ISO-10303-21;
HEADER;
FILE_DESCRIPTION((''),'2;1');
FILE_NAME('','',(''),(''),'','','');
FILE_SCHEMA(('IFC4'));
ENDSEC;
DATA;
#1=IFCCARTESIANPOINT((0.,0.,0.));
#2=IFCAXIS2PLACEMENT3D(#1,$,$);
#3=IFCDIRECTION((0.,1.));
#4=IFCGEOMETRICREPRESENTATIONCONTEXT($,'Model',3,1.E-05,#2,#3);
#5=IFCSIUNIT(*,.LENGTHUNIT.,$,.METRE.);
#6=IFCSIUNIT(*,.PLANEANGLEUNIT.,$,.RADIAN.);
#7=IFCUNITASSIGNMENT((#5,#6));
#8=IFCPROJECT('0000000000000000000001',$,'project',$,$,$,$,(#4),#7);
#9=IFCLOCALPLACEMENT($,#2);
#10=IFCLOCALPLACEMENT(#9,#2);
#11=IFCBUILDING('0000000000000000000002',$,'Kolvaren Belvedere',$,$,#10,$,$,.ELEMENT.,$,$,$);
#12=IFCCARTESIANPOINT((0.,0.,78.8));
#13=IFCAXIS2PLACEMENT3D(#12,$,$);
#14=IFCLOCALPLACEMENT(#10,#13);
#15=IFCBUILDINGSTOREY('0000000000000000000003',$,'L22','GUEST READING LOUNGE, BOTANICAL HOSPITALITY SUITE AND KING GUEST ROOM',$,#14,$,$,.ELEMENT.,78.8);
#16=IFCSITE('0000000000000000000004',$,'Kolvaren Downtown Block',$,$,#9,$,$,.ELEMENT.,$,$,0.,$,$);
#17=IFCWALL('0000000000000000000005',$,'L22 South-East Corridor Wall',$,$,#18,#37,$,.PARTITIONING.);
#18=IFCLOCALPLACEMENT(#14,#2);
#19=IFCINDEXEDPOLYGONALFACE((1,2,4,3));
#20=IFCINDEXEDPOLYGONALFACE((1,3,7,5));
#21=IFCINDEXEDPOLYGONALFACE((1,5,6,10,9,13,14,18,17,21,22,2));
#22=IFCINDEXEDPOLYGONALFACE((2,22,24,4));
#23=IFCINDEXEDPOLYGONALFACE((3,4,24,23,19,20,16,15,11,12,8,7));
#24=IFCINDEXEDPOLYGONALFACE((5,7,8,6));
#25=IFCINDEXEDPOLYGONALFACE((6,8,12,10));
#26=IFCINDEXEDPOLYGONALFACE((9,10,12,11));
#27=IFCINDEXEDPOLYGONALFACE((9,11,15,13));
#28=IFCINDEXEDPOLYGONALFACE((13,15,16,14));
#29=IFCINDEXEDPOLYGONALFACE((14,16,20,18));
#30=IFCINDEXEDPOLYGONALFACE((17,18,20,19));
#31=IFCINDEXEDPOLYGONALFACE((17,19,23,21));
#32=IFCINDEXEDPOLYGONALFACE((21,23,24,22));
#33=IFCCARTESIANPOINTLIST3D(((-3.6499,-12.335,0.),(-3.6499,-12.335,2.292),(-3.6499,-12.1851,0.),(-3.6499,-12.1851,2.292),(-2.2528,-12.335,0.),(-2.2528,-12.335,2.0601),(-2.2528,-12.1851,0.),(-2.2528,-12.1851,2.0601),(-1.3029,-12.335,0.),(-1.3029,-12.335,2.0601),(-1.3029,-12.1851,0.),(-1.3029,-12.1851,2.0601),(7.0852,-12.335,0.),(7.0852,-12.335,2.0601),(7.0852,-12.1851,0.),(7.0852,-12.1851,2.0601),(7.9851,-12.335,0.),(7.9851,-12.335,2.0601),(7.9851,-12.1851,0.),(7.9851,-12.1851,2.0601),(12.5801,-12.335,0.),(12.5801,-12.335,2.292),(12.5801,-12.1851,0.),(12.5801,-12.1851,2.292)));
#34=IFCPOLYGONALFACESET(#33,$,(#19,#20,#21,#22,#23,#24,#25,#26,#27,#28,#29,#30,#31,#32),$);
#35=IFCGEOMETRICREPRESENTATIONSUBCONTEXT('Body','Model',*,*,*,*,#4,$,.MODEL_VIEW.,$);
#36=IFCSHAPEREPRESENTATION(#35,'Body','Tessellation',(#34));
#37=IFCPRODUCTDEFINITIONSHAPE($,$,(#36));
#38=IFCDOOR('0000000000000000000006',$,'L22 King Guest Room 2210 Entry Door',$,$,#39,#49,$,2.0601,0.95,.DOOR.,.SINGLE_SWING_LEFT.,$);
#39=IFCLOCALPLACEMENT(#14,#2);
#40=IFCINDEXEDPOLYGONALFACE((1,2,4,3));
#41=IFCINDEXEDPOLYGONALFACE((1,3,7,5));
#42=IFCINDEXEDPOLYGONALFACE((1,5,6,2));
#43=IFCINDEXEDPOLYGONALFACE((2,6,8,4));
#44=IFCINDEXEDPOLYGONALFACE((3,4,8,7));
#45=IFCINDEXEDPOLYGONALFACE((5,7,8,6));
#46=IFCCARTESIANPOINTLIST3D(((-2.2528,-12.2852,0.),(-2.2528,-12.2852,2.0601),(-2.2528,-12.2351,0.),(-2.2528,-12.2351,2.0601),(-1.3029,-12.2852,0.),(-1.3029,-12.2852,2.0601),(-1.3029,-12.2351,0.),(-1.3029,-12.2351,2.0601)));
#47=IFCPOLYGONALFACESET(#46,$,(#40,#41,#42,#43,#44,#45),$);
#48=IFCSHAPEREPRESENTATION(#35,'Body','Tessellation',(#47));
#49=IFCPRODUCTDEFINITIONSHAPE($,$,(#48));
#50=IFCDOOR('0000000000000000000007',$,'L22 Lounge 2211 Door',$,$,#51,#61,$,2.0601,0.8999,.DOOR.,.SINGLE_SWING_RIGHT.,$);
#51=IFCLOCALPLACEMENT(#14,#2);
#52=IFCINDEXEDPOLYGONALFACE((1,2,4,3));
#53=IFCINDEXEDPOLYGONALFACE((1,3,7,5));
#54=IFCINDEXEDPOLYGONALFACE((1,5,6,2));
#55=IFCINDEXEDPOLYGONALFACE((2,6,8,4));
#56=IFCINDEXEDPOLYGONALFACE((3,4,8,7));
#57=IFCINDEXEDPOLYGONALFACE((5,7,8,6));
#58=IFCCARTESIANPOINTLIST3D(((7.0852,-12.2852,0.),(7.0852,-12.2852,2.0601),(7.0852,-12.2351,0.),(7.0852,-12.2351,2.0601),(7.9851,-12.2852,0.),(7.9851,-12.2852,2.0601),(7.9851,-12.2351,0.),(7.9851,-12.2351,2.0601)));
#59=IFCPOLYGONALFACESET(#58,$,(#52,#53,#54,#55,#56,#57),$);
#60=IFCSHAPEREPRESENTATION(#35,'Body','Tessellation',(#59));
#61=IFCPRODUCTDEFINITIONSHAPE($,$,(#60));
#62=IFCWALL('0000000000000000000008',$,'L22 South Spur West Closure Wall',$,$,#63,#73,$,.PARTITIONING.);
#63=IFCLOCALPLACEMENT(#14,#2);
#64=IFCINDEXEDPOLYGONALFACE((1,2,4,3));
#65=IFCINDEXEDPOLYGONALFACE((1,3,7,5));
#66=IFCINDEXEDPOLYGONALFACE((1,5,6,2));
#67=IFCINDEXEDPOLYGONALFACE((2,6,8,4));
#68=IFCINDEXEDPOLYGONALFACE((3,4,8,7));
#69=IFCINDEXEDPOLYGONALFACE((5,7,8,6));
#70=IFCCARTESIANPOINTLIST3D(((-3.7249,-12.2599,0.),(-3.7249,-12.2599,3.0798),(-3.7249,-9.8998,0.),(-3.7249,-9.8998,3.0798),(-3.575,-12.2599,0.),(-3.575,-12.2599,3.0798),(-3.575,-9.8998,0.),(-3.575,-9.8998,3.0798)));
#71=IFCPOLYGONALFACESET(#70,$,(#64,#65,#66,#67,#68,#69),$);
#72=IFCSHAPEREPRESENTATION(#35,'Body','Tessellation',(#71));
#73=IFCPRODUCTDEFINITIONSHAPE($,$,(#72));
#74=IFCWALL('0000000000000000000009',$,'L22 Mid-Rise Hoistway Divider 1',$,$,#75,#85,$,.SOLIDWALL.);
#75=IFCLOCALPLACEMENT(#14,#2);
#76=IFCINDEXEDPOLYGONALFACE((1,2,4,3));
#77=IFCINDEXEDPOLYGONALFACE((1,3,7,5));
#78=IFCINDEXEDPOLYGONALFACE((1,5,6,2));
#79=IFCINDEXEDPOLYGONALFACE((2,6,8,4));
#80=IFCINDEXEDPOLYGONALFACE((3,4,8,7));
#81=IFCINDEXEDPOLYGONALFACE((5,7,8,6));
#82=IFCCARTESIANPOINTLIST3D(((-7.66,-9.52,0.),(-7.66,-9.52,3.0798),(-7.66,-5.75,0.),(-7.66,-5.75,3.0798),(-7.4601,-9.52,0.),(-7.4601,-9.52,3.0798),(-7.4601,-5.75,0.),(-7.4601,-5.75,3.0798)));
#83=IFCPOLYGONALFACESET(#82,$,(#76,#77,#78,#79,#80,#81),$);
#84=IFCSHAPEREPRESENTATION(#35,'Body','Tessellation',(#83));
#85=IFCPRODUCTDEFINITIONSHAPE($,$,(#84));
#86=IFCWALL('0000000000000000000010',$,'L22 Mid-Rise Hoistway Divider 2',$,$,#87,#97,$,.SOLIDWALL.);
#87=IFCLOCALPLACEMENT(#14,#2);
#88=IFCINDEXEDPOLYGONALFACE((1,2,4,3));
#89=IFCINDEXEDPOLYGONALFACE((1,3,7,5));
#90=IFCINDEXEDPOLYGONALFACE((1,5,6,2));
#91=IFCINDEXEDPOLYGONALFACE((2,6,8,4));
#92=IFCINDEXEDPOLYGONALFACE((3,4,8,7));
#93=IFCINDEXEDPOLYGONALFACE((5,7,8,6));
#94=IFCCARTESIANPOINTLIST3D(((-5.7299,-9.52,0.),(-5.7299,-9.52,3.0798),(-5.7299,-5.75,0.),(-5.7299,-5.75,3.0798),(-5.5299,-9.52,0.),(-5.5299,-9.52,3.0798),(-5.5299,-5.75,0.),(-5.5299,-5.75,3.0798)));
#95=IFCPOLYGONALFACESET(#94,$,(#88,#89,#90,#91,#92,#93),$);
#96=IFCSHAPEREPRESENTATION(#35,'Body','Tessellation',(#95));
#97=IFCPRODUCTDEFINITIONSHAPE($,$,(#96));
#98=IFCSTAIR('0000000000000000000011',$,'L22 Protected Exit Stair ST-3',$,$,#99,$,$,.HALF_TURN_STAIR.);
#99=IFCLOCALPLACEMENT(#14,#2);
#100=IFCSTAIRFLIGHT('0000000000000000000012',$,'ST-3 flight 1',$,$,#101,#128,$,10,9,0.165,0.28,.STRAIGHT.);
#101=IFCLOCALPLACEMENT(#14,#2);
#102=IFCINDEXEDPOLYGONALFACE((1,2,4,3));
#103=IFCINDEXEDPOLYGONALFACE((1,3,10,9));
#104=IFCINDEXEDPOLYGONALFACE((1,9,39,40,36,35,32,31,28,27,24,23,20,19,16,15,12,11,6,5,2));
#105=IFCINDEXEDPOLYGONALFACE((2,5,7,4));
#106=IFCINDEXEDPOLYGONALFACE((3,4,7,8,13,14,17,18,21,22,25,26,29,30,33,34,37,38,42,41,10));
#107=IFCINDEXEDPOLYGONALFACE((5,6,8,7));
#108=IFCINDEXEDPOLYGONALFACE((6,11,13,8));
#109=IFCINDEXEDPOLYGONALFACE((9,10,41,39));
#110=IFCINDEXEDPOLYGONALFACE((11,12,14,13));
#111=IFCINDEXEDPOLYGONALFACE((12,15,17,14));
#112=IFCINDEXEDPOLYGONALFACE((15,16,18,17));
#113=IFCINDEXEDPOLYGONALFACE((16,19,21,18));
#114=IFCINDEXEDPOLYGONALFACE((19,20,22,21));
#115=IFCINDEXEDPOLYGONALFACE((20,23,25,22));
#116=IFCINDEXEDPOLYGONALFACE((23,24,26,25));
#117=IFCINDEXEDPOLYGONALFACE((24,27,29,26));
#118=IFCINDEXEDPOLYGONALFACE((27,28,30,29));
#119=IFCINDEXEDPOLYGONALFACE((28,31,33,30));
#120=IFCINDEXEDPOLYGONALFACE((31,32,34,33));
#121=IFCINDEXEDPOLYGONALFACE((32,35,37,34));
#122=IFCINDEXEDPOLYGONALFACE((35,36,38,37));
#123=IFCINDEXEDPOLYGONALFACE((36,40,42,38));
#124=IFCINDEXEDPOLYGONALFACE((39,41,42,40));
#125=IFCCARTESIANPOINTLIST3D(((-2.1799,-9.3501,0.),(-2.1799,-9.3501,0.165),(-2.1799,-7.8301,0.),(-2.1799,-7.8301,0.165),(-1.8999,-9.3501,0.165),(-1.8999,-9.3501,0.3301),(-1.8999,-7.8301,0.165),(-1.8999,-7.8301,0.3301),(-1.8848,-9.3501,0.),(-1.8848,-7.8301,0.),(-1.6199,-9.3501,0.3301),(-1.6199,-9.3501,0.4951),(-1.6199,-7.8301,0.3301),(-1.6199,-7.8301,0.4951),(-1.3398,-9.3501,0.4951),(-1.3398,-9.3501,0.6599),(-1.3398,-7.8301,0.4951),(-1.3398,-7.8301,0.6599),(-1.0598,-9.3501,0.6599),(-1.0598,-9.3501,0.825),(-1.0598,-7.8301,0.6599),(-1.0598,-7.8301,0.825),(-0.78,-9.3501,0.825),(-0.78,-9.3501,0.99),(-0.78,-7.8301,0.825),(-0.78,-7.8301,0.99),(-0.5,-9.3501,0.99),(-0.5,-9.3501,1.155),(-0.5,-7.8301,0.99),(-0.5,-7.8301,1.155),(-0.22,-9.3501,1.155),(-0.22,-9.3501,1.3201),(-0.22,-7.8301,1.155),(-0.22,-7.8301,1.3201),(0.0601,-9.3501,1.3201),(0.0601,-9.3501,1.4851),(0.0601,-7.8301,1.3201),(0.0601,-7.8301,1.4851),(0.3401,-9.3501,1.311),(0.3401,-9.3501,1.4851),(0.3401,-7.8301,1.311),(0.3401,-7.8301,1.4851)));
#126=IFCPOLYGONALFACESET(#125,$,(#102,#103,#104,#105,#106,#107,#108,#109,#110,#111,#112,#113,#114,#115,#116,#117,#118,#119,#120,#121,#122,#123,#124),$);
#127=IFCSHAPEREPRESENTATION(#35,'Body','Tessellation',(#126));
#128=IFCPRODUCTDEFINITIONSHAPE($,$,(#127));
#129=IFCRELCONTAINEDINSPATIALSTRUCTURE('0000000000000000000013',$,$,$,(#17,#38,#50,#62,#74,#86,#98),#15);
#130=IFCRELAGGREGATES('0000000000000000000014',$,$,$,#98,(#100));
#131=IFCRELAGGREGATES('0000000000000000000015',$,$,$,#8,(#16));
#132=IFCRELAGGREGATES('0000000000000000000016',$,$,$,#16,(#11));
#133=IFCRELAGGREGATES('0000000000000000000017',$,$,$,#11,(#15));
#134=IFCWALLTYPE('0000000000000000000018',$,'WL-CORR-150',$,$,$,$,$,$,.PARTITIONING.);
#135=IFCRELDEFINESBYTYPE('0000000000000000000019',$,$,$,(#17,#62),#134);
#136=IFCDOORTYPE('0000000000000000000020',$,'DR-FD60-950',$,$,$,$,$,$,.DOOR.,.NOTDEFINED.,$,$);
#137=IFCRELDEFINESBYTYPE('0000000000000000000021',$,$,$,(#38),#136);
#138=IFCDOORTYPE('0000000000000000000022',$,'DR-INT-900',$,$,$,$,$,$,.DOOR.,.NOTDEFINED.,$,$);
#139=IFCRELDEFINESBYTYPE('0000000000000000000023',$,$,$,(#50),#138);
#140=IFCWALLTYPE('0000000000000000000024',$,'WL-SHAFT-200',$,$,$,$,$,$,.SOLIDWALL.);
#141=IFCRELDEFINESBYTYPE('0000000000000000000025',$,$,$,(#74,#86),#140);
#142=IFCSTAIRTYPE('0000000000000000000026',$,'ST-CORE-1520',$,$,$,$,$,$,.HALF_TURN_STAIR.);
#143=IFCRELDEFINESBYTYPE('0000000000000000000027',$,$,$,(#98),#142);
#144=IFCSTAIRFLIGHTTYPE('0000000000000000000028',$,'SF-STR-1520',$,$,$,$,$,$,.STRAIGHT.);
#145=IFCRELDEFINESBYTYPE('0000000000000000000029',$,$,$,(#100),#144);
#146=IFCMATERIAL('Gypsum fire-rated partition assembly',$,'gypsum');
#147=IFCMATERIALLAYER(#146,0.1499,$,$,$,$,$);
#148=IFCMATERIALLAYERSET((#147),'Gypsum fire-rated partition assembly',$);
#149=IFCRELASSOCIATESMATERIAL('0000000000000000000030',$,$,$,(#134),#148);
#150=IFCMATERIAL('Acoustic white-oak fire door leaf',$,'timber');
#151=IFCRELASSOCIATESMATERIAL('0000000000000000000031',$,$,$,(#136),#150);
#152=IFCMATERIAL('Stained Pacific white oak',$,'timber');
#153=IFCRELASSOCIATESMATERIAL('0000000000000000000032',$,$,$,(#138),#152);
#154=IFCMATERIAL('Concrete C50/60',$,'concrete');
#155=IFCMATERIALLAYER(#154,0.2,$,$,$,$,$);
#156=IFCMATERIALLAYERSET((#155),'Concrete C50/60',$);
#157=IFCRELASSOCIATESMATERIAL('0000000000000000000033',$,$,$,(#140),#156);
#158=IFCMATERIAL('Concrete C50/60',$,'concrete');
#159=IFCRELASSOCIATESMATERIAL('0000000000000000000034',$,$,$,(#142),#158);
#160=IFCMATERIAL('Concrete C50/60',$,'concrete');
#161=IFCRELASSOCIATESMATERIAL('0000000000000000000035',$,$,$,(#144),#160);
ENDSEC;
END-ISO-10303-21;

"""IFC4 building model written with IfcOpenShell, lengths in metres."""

from ifc_helpers import new_model, si_unit, direction, frame, frame_2d, origin, place, context, subcontext, project, spatial, polyline, rectangle, outline, extrude, material, layer, layer_set, type_object, element, fill, aggregate, save


model = new_model("IFC4")

# Units and contexts
model_context = context("Model", 3, precision=1e-05, world=origin(), true_north=direction((0.0, 1.0)))
body_context = subcontext(model_context, "Body", "Model", "MODEL_VIEW")
ifc_project = project(units=[si_unit("LENGTHUNIT", "METRE"), si_unit("PLANEANGLEUNIT", "RADIAN")], contexts=[model_context])

# Site, building, storey
site_placement = place(None, origin())
site = spatial("IfcSite", under=ifc_project, at=site_placement, Name="Kolvaren Downtown Block", CompositionType="ELEMENT", RefElevation=0.0)
building_placement = place(site_placement, origin())
building = spatial("IfcBuilding", under=site, at=building_placement, Name="Kolvaren Belvedere", CompositionType="ELEMENT")
storey_placement = place(building_placement, frame((0.0, 0.0, 78.8)))
storey = spatial("IfcBuildingStorey", under=building, at=storey_placement, Name="L22", Description="GUEST READING LOUNGE, BOTANICAL HOSPITALITY SUITE AND KING GUEST ROOM", CompositionType="ELEMENT", Elevation=78.8)

# Wall, openings, doors
ifc_material_1 = material(Name="Gypsum fire-rated partition assembly", Category="gypsum")
ifc_layer_1 = layer(ifc_material_1, 0.1499)
ifc_layer_set_1 = layer_set([ifc_layer_1], Name="Gypsum fire-rated partition assembly")
wall_type_1 = type_object("IfcWallType", Name="WL-CORR-150", PredefinedType="PARTITIONING", material=ifc_layer_set_1)
wall_1_placement = place(storey_placement, frame((-3.6499, -12.26, 0.0), z_axis=(0.0, 0.0, 1.0), x_axis=(1.0, 0.0, 0.0)))
wall_1 = element("IfcWall", 1, at=wall_1_placement, inside=storey, type_object=wall_type_1, Name="L22 South-East Corridor Wall", PredefinedType="PARTITIONING", context=body_context, shape_type="SweptSolid", body=[
    extrude(rectangle(XDim=16.23, YDim=0.1499, at=frame_2d((8.115, 0.0))), origin(), (0.0, 0.0, 1.0), 2.292),
])
opening_1_placement = place(wall_1_placement, frame((1.397, 0.0, 0.0)))
opening_1 = element("IfcOpeningElement", 2, at=opening_1_placement, cuts=wall_1, PredefinedType="OPENING", context=body_context, shape_type="SweptSolid", body=[
    extrude(rectangle(XDim=0.95, YDim=2.0601, at=frame_2d((0.4751, 1.03))), frame((0.0, 0.085, 0.0), z_axis=(0.0, -1.0, 0.0), x_axis=(1.0, 0.0, 0.0)), (0.0, 0.0, 1.0), 0.1699),
])
opening_2_placement = place(wall_1_placement, frame((10.7351, 0.0, 0.0)))
opening_2 = element("IfcOpeningElement", 3, at=opening_2_placement, cuts=wall_1, PredefinedType="OPENING", context=body_context, shape_type="SweptSolid", body=[
    extrude(rectangle(XDim=0.8999, YDim=2.0601, at=frame_2d((0.45, 1.03))), frame((0.0, 0.085, 0.0), z_axis=(0.0, -1.0, 0.0), x_axis=(1.0, 0.0, 0.0)), (0.0, 0.0, 1.0), 0.1699),
])
ifc_material_2 = material(Name="Acoustic white-oak fire door leaf", Category="timber")
door_type_1 = type_object("IfcDoorType", Name="DR-FD60-950", OperationType="NOTDEFINED", PredefinedType="DOOR", material=ifc_material_2)
door_1_placement = place(opening_1_placement, origin())
door_1 = element("IfcDoor", 4, at=door_1_placement, inside=storey, type_object=door_type_1, Name="L22 King Guest Room 2210 Entry Door", OperationType="SINGLE_SWING_LEFT", OverallHeight=2.0601, OverallWidth=0.95, PredefinedType="DOOR", context=body_context, shape_type="SweptSolid", body=[
    extrude(rectangle(XDim=0.95, YDim=2.0601, at=frame_2d((0.4751, 1.03))), frame((0.0, 0.0249, 0.0), z_axis=(0.0, -1.0, 0.0), x_axis=(1.0, 0.0, 0.0)), (0.0, 0.0, 1.0), 0.05),
])
fill(opening_1, door_1)
ifc_material_3 = material(Name="Stained Pacific white oak", Category="timber")
door_type_2 = type_object("IfcDoorType", Name="DR-INT-900", OperationType="NOTDEFINED", PredefinedType="DOOR", material=ifc_material_3)
door_2_placement = place(opening_2_placement, origin())
door_2 = element("IfcDoor", 5, at=door_2_placement, inside=storey, type_object=door_type_2, Name="L22 Lounge 2211 Door", OperationType="SINGLE_SWING_RIGHT", OverallHeight=2.0601, OverallWidth=0.8999, PredefinedType="DOOR", context=body_context, shape_type="SweptSolid", body=[
    extrude(rectangle(XDim=0.8999, YDim=2.0601, at=frame_2d((0.45, 1.03))), frame((0.0, 0.0249, 0.0), z_axis=(0.0, -1.0, 0.0), x_axis=(1.0, 0.0, 0.0)), (0.0, 0.0, 1.0), 0.05),
])
fill(opening_2, door_2)

# Walls
wall_2_placement = place(storey_placement, frame((-3.6499, -12.26, 0.0), z_axis=(0.0, 0.0, 1.0), x_axis=(0.0, 1.0, 0.0)))
element("IfcWall", 6, at=wall_2_placement, inside=storey, type_object=wall_type_1, Name="L22 South Spur West Closure Wall", PredefinedType="PARTITIONING", context=body_context, shape_type="SweptSolid", body=[
    extrude(rectangle(XDim=2.3601, YDim=0.1499, at=frame_2d((1.1802, 0.0))), origin(), (0.0, 0.0, 1.0), 3.0798),
])
ifc_material_4 = material(Name="Concrete C50/60", Category="concrete")
ifc_layer_2 = layer(ifc_material_4, 0.2)
ifc_layer_set_2 = layer_set([ifc_layer_2], Name="Concrete C50/60")
wall_type_2 = type_object("IfcWallType", Name="WL-SHAFT-200", PredefinedType="SOLIDWALL", material=ifc_layer_set_2)
for number, where, z_axis, x_axis, name in (
    (7, (-7.5601, -9.52, 0.0), (0.0, 0.0, 1.0), (0.0, 1.0, 0.0), "L22 Mid-Rise Hoistway Divider 1"),
    (8, (-5.6299, -9.52, 0.0), (0.0, 0.0, 1.0), (0.0, 1.0, 0.0), "L22 Mid-Rise Hoistway Divider 2"),
):
    element("IfcWall", number, at=place(storey_placement, frame(where, z_axis=z_axis, x_axis=x_axis)), inside=storey, type_object=wall_type_2, Name=name, PredefinedType="SOLIDWALL", context=body_context, shape_type="SweptSolid", body=[
        extrude(rectangle(XDim=3.77, YDim=0.2, at=frame_2d((1.885, 0.0))), origin(), (0.0, 0.0, 1.0), 3.0798),
    ])

# Stair, stair flight
ifc_material_5 = material(Name="Concrete C50/60", Category="concrete")
stair_type = type_object("IfcStairType", Name="ST-CORE-1520", PredefinedType="HALF_TURN_STAIR", material=ifc_material_5)
stair_placement = place(storey_placement, origin())
stair = element("IfcStair", 9, at=stair_placement, inside=storey, type_object=stair_type, Name="L22 Protected Exit Stair ST-3", PredefinedType="HALF_TURN_STAIR")
ifc_material_6 = material(Name="Concrete C50/60", Category="concrete")
stair_flight_type = type_object("IfcStairFlightType", Name="SF-STR-1520", PredefinedType="STRAIGHT", material=ifc_material_6)
stair_flight_placement = place(storey_placement, frame((-2.1799, -8.5901, 0.0), z_axis=(0.0, 0.0, 1.0), x_axis=(1.0, 0.0, 0.0)))
stair_flight = element("IfcStairFlight", 10, at=stair_flight_placement, type_object=stair_flight_type, Name="ST-3 flight 1", NumberOfRisers=10, NumberOfTreads=9, PredefinedType="STRAIGHT", RiserHeight=0.165, TreadLength=0.28, context=body_context, shape_type="SweptSolid", body=[
    extrude(outline(polyline([(0.0, 0.0), (0.0, 0.165), (0.28, 0.165), (0.28, 0.3301), (0.5601, 0.3301), (0.5601, 0.4951), (0.8401, 0.4951), (0.8401, 0.6599), (1.1201, 0.6599), (1.1201, 0.825), (1.3999, 0.825), (1.3999, 0.99), (1.6799, 0.99), (1.6799, 1.155), (1.96, 1.155), (1.96, 1.3201), (2.24, 1.3201), (2.24, 1.4851), (2.52, 1.4851), (2.52, 1.6499), (2.52, 1.311), (0.2952, 0.0), (0.0, 0.0)])), frame((0.0, 0.76, 0.0), z_axis=(0.0, -1.0, 0.0), x_axis=(1.0, 0.0, 0.0)), (0.0, 0.0, 1.0), 1.52),
])
aggregate(stair, [stair_flight])

save(model, "model.ifc")
